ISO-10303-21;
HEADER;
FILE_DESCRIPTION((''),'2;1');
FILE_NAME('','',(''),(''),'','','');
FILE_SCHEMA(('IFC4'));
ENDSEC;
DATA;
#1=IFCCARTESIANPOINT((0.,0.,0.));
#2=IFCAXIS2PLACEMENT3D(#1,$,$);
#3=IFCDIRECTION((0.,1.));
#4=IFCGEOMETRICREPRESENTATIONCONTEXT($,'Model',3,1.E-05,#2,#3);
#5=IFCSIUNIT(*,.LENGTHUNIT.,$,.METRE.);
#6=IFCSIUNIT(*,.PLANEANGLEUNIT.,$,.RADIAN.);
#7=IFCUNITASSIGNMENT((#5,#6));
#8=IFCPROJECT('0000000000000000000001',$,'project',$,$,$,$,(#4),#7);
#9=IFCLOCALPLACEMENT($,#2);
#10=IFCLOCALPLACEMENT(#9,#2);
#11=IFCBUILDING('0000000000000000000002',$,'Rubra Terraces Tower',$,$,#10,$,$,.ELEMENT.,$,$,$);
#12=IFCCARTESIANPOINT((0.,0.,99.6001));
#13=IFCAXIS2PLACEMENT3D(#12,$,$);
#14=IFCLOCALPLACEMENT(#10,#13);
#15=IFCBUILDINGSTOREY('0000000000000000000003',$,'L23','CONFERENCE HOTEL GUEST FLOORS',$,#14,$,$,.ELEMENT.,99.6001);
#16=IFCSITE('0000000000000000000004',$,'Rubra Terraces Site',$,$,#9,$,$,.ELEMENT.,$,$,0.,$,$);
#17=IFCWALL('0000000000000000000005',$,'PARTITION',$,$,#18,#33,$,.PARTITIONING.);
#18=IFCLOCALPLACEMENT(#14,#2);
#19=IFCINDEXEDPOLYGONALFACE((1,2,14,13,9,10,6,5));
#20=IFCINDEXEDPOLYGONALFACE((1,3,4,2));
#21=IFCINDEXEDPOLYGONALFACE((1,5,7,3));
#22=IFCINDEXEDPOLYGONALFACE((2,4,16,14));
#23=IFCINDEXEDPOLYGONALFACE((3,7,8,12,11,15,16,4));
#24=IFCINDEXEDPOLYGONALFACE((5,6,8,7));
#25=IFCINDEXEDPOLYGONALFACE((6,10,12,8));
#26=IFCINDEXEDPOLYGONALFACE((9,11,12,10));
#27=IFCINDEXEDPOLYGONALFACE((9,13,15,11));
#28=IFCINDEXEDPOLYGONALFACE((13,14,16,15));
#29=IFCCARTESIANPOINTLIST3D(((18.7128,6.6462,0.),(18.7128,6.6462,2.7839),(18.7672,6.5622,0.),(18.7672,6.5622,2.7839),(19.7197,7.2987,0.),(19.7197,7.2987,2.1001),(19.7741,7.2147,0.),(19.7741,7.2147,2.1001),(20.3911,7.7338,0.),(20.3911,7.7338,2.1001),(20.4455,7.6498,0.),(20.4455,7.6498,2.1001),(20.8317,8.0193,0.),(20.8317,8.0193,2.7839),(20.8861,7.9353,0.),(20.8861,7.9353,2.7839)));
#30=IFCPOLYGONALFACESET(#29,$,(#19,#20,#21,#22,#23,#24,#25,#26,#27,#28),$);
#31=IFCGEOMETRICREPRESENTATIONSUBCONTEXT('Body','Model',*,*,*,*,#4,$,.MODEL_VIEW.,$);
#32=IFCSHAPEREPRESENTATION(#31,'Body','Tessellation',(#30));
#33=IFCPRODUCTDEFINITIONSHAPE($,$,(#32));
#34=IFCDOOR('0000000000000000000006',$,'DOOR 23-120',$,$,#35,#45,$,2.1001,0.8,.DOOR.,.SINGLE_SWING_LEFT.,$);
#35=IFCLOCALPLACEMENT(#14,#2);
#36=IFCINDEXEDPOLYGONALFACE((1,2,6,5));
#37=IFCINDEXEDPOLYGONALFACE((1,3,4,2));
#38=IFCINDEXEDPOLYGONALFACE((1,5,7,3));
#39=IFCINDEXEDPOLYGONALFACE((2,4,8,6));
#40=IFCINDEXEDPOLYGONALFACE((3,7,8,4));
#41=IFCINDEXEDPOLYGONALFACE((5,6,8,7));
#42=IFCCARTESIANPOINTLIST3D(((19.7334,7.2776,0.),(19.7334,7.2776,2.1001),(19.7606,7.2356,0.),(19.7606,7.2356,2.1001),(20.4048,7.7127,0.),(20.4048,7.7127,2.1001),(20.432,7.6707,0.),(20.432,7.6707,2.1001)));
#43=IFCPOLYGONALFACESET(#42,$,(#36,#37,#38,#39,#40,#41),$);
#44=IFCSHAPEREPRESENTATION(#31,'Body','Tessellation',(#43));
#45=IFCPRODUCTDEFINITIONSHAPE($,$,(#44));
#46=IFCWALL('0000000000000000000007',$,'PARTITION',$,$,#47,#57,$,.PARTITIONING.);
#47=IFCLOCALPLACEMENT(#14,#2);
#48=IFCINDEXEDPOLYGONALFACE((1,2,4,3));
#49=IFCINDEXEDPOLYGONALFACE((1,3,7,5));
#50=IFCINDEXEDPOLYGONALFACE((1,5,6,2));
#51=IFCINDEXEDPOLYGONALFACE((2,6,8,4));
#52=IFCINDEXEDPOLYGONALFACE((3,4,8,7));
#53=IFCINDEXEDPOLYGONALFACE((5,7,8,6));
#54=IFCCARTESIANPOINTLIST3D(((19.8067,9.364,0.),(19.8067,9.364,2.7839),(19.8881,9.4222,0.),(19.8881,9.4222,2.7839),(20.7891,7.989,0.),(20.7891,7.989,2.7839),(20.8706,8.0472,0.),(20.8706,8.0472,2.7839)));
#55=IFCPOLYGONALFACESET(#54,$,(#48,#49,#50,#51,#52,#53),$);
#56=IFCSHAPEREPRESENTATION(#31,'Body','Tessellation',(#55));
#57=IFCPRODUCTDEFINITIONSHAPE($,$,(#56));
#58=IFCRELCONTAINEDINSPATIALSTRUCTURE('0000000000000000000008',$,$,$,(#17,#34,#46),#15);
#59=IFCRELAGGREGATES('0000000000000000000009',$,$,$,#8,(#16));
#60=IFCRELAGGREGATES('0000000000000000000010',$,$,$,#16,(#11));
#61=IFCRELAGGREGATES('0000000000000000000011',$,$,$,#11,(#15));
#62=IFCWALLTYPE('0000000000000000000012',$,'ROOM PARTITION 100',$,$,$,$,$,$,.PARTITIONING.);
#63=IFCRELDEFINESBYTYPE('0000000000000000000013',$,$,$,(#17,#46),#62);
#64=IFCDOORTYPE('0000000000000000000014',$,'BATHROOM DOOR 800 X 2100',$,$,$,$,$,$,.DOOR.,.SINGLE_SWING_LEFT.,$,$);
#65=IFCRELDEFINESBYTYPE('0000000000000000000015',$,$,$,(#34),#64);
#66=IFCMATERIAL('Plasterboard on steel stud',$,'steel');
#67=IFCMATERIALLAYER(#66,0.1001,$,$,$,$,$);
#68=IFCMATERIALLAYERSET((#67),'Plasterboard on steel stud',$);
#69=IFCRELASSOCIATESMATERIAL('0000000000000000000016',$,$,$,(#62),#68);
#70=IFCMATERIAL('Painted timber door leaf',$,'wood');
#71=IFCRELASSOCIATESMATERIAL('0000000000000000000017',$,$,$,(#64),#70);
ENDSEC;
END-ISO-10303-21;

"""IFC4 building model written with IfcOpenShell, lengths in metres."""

from ifc_helpers import new_model, si_unit, direction, frame, frame_2d, origin, place, context, subcontext, project, spatial, rectangle, extrude, material, layer, layer_set, type_object, element, fill, save


model = new_model("IFC4")

# Units and contexts
model_context = context("Model", 3, precision=1e-05, world=origin(), true_north=direction((0.0, 1.0)))
body_context = subcontext(model_context, "Body", "Model", "MODEL_VIEW")
ifc_project = project(units=[si_unit("LENGTHUNIT", "METRE"), si_unit("PLANEANGLEUNIT", "RADIAN")], contexts=[model_context])

# Site, building, storey
site_placement = place(None, origin())
site = spatial("IfcSite", under=ifc_project, at=site_placement, Name="Rubra Terraces Site", CompositionType="ELEMENT", RefElevation=0.0)
building_placement = place(site_placement, origin())
building = spatial("IfcBuilding", under=site, at=building_placement, Name="Rubra Terraces Tower", CompositionType="ELEMENT")
storey_placement = place(building_placement, frame((0.0, 0.0, 99.6001)))
storey = spatial("IfcBuildingStorey", under=building, at=storey_placement, Name="L23", Description="CONFERENCE HOTEL GUEST FLOORS", CompositionType="ELEMENT", Elevation=99.6001)

# Shared definitions
ifc_material_1 = material(Name="Painted timber door leaf", Category="wood")

# Wall, opening, door
ifc_material_2 = material(Name="Plasterboard on steel stud", Category="steel")
ifc_layer_1 = layer(ifc_material_2, 0.1001)
ifc_layer_set_1 = layer_set([ifc_layer_1], Name="Plasterboard on steel stud")
wall_type_1 = type_object("IfcWallType", Name="ROOM PARTITION 100", PredefinedType="PARTITIONING", material=ifc_layer_set_1)
wall_1_placement = place(storey_placement, frame((18.74, 6.6042, 0.0), z_axis=(0.0, 0.0, 1.0), x_axis=(0.839209, 0.543808, 0.0)))
wall_1 = element("IfcWall", 1, at=wall_1_placement, inside=storey, type_object=wall_type_1, Name="PARTITION", PredefinedType="PARTITIONING", context=body_context, shape_type="SweptSolid", body=[
    extrude(rectangle(XDim=2.5249, YDim=0.1001, at=frame_2d((1.2625, 0.0))), origin(), (0.0, 0.0, 1.0), 2.7839),
])
opening_1_placement = place(wall_1_placement, frame((1.2, 0.0, 0.0)))
opening_1 = element("IfcOpeningElement", 2, at=opening_1_placement, cuts=wall_1, PredefinedType="OPENING", context=body_context, shape_type="SweptSolid", body=[
    extrude(rectangle(XDim=0.8, YDim=2.1001, at=frame_2d((0.3999, 1.05))), frame((0.0, 0.0601, 0.0), z_axis=(0.0, -1.0, 0.0), x_axis=(1.0, 0.0, 0.0)), (0.0, 0.0, 1.0), 0.1201),
])
door_type_1 = type_object("IfcDoorType", Name="BATHROOM DOOR 800 X 2100", OperationType="SINGLE_SWING_LEFT", PredefinedType="DOOR", material=ifc_material_1)
door_1_placement = place(opening_1_placement, origin())
door_1 = element("IfcDoor", 3, at=door_1_placement, inside=storey, type_object=door_type_1, Name="DOOR 23-120", OperationType="SINGLE_SWING_LEFT", OverallHeight=2.1001, OverallWidth=0.8, PredefinedType="DOOR", context=body_context, shape_type="SweptSolid", body=[
    extrude(rectangle(XDim=0.8, YDim=2.1001, at=frame_2d((0.3999, 1.05))), frame((0.0, 0.0249, 0.0), z_axis=(0.0, -1.0, 0.0), x_axis=(1.0, 0.0, 0.0)), (0.0, 0.0, 1.0), 0.05),
])
fill(opening_1, door_1)

# Wall
wall_2_placement = place(storey_placement, frame((20.8298, 8.0181, 0.0), z_axis=(0.0, 0.0, 1.0), x_axis=(-0.581348, 0.813655, 0.0)))
element("IfcWall", 4, at=wall_2_placement, inside=storey, type_object=wall_type_1, Name="PARTITION", PredefinedType="PARTITIONING", context=body_context, shape_type="SweptSolid", body=[
    extrude(rectangle(XDim=1.6899, YDim=0.1001, at=frame_2d((0.845, 0.0))), origin(), (0.0, 0.0, 1.0), 2.7839),
])

save(model, "model.ifc")
